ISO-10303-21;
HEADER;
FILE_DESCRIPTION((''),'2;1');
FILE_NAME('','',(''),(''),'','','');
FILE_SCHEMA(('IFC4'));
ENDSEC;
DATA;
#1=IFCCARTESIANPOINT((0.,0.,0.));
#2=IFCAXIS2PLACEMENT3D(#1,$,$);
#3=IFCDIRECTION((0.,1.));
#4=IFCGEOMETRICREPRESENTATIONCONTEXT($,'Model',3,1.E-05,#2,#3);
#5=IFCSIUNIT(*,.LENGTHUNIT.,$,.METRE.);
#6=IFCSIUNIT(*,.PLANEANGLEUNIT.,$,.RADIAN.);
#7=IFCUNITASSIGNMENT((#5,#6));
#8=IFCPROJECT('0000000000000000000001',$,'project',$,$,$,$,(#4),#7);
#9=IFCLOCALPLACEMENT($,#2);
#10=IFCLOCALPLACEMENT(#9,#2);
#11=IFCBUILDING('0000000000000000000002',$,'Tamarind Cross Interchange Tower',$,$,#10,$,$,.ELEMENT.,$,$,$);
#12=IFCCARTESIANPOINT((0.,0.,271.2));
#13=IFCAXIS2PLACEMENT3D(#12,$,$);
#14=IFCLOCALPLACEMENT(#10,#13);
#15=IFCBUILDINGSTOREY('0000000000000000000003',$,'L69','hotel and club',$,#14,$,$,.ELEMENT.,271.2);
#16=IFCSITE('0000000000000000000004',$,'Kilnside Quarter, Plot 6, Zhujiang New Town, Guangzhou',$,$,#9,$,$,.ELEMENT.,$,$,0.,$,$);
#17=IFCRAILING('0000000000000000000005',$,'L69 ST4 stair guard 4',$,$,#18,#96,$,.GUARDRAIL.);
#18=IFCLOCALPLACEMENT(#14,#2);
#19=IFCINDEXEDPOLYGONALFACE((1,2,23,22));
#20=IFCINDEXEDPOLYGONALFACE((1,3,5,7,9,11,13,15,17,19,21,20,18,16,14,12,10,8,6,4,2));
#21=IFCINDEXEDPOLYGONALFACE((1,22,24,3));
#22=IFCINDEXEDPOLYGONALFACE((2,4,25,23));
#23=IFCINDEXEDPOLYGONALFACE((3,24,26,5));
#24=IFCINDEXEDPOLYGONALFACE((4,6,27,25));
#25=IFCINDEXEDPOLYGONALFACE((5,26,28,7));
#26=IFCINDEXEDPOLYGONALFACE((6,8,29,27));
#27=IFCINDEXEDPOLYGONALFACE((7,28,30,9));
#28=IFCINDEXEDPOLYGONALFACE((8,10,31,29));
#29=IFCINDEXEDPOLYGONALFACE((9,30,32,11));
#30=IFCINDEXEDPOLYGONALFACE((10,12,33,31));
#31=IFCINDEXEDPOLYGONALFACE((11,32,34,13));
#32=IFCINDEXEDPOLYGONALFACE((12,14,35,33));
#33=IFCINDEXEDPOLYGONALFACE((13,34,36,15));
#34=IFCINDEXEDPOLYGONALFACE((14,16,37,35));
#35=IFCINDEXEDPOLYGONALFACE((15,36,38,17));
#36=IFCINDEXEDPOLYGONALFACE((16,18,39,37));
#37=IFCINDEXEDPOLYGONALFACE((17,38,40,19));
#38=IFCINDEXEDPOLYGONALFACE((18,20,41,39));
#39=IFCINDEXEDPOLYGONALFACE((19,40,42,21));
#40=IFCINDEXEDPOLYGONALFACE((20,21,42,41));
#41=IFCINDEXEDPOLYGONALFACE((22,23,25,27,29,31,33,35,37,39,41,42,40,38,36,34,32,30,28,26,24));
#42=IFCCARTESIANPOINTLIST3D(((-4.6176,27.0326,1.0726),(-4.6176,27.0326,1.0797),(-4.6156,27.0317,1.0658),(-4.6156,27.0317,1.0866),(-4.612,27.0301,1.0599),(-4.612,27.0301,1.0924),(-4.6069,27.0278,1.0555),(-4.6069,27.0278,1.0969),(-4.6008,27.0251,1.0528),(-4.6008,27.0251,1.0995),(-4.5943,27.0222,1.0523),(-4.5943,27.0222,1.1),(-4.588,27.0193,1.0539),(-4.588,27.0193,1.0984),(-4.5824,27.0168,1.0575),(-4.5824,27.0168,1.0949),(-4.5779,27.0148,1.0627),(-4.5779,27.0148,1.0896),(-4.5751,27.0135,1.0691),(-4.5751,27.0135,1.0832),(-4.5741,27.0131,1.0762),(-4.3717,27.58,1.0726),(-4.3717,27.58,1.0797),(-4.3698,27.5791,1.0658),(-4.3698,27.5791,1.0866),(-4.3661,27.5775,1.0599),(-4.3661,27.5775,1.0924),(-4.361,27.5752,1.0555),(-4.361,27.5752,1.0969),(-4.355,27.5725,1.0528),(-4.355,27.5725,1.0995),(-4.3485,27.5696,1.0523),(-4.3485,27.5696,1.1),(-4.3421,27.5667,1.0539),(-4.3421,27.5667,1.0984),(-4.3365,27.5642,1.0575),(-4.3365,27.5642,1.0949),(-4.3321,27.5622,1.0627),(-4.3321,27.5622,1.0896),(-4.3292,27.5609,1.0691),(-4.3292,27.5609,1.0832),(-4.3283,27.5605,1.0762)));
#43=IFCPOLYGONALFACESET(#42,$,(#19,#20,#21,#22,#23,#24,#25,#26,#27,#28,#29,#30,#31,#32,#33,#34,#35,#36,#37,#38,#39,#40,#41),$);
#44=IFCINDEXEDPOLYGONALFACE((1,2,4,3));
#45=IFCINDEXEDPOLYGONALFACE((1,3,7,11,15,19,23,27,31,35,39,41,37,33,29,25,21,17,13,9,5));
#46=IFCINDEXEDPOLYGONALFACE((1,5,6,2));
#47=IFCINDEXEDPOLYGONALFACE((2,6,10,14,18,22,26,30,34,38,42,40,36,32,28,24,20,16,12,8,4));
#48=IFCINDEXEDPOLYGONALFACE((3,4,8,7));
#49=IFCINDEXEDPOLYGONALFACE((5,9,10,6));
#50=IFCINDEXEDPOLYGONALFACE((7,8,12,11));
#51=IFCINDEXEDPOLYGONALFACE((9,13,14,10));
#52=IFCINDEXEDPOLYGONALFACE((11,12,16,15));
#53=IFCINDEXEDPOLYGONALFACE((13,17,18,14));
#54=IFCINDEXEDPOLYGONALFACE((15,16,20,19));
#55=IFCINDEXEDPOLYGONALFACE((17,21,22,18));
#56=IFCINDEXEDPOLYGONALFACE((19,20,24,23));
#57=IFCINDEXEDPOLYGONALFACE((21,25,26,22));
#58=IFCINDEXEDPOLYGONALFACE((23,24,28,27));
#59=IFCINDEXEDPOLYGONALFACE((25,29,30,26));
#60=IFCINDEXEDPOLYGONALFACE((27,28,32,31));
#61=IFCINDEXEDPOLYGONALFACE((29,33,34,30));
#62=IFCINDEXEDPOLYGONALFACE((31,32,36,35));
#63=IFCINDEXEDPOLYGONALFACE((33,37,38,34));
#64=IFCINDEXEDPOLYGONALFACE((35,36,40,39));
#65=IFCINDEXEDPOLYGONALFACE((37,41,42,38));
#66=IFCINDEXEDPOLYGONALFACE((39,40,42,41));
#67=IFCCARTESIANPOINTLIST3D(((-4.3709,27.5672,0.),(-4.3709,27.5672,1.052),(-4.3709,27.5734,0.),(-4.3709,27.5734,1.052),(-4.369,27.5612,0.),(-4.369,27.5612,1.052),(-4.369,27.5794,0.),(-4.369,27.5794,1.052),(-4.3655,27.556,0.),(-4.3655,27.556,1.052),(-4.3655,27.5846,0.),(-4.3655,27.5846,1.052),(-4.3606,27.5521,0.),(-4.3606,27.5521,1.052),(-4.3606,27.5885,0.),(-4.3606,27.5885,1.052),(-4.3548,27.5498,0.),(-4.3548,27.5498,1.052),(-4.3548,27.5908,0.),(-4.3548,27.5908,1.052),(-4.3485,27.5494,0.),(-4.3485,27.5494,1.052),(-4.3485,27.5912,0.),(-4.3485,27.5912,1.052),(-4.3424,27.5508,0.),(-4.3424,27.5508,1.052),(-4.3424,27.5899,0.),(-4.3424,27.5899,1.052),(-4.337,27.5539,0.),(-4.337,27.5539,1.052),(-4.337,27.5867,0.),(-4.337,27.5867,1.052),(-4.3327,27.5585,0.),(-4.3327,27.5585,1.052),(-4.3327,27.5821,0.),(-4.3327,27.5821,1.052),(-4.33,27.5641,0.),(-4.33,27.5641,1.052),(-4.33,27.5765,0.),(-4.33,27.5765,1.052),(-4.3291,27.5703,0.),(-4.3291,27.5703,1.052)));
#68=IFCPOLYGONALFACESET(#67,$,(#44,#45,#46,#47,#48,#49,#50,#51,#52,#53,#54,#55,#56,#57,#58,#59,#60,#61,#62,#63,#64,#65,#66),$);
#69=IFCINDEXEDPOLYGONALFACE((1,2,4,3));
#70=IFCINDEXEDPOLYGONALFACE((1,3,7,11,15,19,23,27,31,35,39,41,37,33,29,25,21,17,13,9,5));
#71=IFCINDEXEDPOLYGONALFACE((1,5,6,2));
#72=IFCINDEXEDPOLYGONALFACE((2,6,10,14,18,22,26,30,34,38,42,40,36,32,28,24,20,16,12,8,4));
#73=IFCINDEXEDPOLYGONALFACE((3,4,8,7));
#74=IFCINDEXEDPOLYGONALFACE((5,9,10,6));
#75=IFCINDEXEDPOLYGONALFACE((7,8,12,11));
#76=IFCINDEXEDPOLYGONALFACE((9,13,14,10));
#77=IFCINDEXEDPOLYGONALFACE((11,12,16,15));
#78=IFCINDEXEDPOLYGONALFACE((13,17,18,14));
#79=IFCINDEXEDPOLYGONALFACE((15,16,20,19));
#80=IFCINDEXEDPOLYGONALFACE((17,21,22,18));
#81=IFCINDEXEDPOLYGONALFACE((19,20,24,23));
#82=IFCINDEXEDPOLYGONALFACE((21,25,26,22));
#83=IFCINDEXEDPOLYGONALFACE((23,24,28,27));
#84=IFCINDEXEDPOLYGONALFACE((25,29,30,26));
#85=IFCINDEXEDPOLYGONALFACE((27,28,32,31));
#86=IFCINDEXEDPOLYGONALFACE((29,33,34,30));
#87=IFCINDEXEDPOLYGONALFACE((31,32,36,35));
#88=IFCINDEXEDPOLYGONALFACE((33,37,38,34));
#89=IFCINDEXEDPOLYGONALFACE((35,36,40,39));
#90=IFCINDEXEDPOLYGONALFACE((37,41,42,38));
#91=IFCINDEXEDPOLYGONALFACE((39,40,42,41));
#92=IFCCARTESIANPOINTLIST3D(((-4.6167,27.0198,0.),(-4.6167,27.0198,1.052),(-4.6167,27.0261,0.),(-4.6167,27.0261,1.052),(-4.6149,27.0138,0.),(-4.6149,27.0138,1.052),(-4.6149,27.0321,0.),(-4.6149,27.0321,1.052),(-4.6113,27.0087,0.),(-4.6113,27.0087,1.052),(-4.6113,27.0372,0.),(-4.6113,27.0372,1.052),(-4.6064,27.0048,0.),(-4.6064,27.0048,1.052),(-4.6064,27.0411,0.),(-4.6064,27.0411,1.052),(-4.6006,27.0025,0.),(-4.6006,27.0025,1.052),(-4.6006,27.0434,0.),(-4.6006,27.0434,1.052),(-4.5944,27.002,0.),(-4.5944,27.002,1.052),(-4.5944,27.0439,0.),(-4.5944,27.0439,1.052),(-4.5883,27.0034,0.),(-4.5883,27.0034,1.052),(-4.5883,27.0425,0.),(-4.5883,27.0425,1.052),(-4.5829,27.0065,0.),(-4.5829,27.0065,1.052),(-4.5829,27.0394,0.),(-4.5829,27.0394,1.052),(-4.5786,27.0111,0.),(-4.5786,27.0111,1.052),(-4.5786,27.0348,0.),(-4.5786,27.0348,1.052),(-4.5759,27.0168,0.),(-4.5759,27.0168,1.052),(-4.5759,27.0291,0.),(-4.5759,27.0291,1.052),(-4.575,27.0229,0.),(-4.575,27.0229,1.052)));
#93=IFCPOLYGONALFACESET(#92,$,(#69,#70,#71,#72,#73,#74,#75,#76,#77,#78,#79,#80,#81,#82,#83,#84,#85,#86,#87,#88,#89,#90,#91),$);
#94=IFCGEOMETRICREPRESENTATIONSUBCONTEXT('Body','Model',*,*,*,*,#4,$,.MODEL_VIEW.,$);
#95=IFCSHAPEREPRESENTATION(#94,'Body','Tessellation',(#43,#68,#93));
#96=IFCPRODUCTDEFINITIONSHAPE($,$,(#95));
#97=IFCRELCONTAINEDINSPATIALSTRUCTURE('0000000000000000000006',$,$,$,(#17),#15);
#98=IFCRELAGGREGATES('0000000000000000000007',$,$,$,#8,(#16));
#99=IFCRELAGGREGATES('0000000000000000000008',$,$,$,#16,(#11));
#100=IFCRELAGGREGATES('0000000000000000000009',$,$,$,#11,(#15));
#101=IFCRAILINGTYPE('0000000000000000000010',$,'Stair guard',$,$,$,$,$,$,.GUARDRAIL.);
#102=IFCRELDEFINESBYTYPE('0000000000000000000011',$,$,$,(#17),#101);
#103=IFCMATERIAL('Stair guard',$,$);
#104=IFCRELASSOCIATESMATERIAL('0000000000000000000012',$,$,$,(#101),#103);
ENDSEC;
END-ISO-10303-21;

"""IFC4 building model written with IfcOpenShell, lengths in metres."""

from ifc_helpers import new_model, si_unit, direction, frame, origin, origin_2d, place, context, subcontext, project, spatial, circle, extrude, material, type_object, element, save


model = new_model("IFC4")

# Units and contexts
model_context = context("Model", 3, precision=1e-05, world=origin(), true_north=direction((0.0, 1.0)))
body_context = subcontext(model_context, "Body", "Model", "MODEL_VIEW")
ifc_project = project(units=[si_unit("LENGTHUNIT", "METRE"), si_unit("PLANEANGLEUNIT", "RADIAN")], contexts=[model_context])

# Site, building, storey
site_placement = place(None, origin())
site = spatial("IfcSite", under=ifc_project, at=site_placement, Name="Kilnside Quarter, Plot 6, Zhujiang New Town, Guangzhou", CompositionType="ELEMENT", RefElevation=0.0)
building_placement = place(site_placement, origin())
building = spatial("IfcBuilding", under=site, at=building_placement, Name="Tamarind Cross Interchange Tower", CompositionType="ELEMENT")
storey_placement = place(building_placement, frame((0.0, 0.0, 271.2)))
storey = spatial("IfcBuildingStorey", under=building, at=storey_placement, Name="L69", Description="hotel and club", CompositionType="ELEMENT", Elevation=271.2)

# Railing
ifc_material_1 = material(Name="Stair guard")
railing_type_1 = type_object("IfcRailingType", Name="Stair guard", PredefinedType="GUARDRAIL", material=ifc_material_1)
railing_1_placement = place(storey_placement, frame((-4.3501, 27.5703, 0.0)))
element("IfcRailing", 1, at=railing_1_placement, inside=storey, type_object=railing_type_1, Name="L69 ST4 stair guard 4", PredefinedType="GUARDRAIL", context=body_context, shape_type="SweptSolid", body=[
    extrude(circle(Radius=0.0239, at=origin_2d()), frame((0.0, 0.0, 1.0762), z_axis=(-0.409722, -0.912211, 0.0), x_axis=(0.912211, -0.409722, 0.0)), (0.0, 0.0, 1.0), 0.6001),
    extrude(circle(Radius=0.021, at=origin_2d()), origin(), (0.0, 0.0, 1.0), 1.052),
    extrude(circle(Radius=0.021, at=origin_2d()), frame((-0.2458, -0.5474, 0.0)), (0.0, 0.0, 1.0), 1.052),
])

save(model, "model.ifc")
